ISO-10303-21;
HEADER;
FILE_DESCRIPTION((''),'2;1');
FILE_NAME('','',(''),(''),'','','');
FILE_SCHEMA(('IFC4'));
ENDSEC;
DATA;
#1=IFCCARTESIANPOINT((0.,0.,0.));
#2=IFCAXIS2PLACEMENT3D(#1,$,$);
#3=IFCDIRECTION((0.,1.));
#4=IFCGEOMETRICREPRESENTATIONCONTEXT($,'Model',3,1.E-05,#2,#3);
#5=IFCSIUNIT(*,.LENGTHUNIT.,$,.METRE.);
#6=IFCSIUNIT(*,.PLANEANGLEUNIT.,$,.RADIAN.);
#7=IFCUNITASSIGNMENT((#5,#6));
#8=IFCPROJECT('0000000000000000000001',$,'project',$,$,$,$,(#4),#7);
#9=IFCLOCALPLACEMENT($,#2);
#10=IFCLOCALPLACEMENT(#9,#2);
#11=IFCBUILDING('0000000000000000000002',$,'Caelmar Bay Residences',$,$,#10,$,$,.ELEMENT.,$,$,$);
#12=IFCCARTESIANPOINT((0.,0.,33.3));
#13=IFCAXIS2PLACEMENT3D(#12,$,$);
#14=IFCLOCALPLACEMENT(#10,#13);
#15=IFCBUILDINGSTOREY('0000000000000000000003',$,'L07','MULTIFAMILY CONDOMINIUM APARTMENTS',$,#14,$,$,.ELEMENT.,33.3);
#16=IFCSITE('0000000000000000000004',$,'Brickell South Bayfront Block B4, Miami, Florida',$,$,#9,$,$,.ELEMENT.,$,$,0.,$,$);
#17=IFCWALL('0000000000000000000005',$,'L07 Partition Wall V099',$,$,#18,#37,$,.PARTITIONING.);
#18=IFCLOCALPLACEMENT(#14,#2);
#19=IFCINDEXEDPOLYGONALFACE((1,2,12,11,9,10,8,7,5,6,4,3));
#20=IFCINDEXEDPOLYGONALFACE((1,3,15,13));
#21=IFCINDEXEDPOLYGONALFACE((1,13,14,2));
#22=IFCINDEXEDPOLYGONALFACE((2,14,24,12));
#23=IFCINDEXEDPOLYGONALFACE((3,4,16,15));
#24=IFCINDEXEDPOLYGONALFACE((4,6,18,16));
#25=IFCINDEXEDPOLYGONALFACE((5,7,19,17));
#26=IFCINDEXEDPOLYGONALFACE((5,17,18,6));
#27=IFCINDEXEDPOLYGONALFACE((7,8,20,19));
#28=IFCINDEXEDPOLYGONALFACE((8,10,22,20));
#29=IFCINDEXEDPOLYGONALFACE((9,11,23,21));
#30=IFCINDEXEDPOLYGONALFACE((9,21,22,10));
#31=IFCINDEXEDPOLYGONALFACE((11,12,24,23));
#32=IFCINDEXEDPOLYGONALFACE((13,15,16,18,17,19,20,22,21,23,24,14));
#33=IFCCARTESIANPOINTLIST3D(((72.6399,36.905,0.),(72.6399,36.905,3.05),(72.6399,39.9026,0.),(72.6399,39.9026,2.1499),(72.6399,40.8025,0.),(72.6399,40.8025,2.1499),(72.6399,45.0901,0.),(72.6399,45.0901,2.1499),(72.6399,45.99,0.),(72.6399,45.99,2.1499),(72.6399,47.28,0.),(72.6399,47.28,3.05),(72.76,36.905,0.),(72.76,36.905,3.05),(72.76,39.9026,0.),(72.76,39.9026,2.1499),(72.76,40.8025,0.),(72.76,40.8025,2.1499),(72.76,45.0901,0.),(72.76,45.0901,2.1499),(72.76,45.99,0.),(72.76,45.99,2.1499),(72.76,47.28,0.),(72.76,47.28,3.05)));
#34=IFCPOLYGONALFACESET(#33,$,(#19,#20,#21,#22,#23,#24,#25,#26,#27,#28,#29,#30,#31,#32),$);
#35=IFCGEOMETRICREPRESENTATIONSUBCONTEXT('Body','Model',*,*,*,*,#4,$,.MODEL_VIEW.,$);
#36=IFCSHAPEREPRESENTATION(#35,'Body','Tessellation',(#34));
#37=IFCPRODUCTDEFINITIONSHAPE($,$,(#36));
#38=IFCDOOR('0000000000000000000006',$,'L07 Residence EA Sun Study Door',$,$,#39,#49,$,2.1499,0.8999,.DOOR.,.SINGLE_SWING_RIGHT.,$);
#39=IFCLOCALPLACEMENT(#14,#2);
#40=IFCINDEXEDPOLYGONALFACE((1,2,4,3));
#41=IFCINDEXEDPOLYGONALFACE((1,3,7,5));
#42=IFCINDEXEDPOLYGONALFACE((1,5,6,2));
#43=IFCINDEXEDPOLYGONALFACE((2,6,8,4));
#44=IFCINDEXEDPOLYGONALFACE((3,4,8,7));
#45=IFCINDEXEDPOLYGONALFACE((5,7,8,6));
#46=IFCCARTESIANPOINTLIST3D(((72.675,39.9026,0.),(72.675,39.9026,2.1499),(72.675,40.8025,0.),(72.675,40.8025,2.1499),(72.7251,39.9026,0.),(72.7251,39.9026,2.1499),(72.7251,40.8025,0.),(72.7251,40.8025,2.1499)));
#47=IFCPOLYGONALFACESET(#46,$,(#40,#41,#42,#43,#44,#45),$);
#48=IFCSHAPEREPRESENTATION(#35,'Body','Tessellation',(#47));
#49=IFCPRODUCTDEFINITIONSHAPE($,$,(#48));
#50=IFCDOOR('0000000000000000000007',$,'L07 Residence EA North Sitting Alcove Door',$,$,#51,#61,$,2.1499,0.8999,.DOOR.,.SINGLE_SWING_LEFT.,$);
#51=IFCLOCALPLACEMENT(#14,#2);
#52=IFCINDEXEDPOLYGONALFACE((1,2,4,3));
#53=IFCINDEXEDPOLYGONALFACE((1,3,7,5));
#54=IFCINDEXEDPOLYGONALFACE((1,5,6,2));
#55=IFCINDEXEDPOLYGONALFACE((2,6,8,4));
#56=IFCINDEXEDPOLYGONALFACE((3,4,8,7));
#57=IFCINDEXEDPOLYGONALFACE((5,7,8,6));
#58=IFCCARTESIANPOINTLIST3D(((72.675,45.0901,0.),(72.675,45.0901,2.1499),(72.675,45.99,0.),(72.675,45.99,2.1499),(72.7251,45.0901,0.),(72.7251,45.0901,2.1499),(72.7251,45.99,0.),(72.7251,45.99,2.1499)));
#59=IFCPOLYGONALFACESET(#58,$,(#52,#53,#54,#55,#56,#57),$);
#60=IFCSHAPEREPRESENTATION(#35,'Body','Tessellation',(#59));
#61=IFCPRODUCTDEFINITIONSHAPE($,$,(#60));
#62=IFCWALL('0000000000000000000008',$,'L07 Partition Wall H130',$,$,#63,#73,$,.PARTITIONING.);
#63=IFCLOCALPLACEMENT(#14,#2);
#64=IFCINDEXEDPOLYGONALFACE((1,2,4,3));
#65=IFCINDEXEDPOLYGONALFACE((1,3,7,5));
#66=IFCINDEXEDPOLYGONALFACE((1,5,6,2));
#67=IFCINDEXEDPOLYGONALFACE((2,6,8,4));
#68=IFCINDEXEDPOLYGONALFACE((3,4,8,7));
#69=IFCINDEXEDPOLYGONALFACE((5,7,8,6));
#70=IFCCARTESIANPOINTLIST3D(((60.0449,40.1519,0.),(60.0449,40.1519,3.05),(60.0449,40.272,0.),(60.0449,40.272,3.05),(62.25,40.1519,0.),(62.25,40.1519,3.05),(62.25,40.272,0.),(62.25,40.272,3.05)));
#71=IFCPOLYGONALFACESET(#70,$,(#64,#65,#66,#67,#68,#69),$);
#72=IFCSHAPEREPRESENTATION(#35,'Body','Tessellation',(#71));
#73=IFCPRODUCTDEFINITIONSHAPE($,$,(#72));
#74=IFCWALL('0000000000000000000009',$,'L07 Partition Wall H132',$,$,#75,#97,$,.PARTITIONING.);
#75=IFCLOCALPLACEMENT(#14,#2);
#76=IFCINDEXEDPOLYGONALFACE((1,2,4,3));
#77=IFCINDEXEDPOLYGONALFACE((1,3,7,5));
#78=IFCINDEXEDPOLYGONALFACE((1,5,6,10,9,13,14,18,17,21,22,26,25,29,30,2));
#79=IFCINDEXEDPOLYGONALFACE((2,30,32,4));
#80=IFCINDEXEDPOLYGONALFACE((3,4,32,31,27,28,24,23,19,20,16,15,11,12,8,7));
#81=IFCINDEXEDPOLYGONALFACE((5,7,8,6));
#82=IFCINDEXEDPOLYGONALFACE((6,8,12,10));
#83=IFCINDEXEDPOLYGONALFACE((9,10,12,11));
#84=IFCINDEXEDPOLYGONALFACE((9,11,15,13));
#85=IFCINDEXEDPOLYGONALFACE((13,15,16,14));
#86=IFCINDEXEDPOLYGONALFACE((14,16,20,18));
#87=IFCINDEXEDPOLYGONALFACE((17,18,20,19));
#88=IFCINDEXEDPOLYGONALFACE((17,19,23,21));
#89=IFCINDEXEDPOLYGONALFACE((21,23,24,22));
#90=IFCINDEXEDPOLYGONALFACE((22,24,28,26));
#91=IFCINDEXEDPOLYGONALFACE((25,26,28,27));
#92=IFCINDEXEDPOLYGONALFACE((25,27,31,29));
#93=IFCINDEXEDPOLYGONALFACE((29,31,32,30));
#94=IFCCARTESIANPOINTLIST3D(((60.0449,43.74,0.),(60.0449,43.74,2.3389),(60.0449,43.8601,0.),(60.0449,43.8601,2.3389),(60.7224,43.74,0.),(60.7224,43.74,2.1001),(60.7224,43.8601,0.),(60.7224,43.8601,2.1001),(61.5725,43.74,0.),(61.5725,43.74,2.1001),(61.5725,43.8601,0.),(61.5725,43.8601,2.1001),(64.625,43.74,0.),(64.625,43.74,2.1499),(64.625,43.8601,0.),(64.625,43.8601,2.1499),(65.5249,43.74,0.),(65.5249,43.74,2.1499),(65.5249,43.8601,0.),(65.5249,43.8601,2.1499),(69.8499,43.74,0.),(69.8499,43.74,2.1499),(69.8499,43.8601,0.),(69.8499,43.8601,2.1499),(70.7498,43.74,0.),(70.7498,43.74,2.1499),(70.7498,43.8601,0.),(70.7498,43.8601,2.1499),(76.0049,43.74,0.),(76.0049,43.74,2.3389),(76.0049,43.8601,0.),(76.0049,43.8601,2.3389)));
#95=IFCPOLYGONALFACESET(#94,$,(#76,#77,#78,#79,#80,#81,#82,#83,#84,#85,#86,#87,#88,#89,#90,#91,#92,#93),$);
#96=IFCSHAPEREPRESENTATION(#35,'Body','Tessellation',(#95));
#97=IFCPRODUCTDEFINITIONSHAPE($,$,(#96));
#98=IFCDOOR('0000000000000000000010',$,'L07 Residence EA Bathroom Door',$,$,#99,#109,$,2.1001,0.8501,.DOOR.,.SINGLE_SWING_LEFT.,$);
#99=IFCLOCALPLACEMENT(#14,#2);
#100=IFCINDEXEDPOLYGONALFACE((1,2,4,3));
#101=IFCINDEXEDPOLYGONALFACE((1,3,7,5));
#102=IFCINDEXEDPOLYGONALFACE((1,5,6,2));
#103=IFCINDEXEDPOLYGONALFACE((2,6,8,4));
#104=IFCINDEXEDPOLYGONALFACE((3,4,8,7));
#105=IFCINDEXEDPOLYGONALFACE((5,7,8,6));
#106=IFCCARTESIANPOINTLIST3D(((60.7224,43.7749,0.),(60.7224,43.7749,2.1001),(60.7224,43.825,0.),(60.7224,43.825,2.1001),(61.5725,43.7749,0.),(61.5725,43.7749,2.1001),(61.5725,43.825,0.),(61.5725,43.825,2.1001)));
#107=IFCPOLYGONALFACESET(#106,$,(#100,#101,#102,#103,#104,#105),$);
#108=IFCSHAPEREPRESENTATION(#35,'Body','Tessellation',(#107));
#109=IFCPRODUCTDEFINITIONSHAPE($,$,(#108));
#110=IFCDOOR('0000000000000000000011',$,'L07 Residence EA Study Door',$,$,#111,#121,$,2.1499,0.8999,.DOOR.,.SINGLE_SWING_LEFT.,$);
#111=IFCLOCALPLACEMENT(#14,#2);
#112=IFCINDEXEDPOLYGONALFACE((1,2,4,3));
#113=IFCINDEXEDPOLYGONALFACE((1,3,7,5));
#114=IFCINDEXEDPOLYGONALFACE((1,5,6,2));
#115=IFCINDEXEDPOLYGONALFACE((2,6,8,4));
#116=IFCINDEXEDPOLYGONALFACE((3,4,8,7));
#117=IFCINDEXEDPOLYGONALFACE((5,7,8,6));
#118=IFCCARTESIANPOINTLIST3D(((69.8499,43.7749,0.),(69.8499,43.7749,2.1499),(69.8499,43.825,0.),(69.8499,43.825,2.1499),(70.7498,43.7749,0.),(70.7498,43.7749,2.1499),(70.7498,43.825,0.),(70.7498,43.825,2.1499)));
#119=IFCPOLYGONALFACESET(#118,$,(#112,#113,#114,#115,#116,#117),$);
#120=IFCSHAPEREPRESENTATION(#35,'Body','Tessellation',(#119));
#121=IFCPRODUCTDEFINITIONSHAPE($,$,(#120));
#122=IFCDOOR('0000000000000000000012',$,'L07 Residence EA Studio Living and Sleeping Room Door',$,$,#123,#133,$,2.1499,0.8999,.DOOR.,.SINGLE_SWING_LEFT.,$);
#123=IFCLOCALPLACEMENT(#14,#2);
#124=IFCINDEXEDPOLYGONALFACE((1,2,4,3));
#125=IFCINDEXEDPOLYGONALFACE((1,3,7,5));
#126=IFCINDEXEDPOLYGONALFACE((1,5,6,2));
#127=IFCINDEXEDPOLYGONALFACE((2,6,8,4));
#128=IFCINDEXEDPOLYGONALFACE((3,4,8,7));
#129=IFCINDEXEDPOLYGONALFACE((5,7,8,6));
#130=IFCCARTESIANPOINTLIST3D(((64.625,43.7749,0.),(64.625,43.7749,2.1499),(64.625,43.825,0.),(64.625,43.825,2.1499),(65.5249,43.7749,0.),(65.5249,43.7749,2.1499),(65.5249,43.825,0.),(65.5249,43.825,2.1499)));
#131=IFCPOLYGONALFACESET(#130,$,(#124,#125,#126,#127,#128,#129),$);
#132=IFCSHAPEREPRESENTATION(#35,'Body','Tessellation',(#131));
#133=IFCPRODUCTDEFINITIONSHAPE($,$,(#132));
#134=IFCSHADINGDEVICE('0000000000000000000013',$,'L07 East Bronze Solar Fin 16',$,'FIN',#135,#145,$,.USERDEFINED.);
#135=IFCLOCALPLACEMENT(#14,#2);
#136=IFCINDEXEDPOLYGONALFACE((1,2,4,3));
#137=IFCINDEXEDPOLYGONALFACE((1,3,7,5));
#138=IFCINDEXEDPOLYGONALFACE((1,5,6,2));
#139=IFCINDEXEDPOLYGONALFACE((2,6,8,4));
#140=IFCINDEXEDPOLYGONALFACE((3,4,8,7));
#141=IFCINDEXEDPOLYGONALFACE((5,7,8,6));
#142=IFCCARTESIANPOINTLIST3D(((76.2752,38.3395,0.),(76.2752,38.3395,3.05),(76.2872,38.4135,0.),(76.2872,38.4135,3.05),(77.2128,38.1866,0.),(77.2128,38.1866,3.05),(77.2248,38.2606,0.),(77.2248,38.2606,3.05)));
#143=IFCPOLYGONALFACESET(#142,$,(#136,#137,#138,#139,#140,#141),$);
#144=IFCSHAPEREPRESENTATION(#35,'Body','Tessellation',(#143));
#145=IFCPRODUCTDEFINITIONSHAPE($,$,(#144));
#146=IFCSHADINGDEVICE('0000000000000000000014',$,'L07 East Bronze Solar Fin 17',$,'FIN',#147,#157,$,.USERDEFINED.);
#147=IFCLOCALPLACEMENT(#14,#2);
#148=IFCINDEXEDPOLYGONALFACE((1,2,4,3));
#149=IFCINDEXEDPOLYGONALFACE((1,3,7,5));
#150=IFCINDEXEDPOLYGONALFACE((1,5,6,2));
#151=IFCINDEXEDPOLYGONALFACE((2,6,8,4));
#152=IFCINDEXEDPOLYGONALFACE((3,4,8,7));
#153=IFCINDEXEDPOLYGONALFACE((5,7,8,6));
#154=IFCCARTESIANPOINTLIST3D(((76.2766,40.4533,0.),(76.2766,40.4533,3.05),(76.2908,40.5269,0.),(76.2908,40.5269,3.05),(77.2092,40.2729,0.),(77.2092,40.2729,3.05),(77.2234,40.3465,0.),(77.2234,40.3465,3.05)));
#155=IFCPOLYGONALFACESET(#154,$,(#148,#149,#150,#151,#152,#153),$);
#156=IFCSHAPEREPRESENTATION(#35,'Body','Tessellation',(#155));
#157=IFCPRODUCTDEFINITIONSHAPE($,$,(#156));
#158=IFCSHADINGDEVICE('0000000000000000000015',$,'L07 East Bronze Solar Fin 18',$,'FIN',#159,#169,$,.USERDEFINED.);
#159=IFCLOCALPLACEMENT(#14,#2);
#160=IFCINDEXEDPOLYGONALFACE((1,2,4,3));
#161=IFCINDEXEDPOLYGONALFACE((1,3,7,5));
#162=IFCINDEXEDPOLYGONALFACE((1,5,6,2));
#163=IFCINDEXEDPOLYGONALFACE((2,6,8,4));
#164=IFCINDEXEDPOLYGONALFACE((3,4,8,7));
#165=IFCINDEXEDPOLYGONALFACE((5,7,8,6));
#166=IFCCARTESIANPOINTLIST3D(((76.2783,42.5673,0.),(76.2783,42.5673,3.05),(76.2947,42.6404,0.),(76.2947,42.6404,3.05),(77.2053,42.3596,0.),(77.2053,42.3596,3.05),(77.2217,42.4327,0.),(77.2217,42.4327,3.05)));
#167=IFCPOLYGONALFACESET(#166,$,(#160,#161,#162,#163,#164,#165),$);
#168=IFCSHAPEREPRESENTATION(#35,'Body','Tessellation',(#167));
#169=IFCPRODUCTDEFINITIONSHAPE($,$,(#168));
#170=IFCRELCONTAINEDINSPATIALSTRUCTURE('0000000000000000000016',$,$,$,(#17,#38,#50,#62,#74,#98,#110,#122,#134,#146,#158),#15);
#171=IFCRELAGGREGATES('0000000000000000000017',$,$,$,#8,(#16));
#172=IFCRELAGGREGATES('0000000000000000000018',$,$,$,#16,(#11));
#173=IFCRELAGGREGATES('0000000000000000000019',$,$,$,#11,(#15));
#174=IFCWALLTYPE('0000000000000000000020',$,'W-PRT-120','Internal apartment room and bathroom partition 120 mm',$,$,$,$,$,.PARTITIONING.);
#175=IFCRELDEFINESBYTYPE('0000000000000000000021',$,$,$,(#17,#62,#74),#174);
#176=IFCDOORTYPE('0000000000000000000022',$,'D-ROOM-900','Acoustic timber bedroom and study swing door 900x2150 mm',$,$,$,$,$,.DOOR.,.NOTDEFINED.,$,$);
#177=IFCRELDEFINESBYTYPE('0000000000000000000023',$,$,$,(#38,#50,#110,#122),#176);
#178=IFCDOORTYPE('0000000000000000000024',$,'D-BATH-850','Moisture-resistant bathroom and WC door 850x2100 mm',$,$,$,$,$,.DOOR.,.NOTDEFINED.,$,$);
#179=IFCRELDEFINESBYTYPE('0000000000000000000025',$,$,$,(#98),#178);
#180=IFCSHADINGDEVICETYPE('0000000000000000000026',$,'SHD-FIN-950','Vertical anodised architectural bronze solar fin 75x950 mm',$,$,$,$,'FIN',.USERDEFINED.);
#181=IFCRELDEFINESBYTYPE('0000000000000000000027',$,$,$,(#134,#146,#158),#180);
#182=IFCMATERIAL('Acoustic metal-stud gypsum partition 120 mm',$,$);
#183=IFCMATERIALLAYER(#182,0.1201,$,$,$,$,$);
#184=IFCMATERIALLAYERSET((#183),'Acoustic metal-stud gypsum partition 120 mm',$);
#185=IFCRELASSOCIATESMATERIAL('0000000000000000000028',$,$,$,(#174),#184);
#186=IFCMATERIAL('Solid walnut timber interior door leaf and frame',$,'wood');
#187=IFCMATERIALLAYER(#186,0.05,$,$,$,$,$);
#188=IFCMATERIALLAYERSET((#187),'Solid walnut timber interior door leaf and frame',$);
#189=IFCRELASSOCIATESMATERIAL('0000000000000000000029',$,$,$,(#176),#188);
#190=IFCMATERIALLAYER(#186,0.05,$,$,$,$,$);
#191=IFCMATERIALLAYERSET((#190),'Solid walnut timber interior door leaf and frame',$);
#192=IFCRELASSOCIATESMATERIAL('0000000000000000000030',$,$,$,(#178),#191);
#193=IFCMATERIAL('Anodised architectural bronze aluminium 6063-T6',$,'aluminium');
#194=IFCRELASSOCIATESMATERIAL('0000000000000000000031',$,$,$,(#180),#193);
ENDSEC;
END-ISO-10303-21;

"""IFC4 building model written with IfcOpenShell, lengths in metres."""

from ifc_helpers import new_model, si_unit, direction, frame, frame_2d, origin, origin_2d, place, context, subcontext, project, spatial, rectangle, extrude, material, layer, layer_set, material_profile, profile_set, type_object, element, fill, save


model = new_model("IFC4")

# Units and contexts
model_context = context("Model", 3, precision=1e-05, world=origin(), true_north=direction((0.0, 1.0)))
body_context = subcontext(model_context, "Body", "Model", "MODEL_VIEW")
ifc_project = project(units=[si_unit("LENGTHUNIT", "METRE"), si_unit("PLANEANGLEUNIT", "RADIAN")], contexts=[model_context])

# Site, building, storey
site_placement = place(None, origin())
site = spatial("IfcSite", under=ifc_project, at=site_placement, Name="Brickell South Bayfront Block B4, Miami, Florida", CompositionType="ELEMENT", RefElevation=0.0)
building_placement = place(site_placement, origin())
building = spatial("IfcBuilding", under=site, at=building_placement, Name="Caelmar Bay Residences", CompositionType="ELEMENT")
storey_placement = place(building_placement, frame((0.0, 0.0, 33.3)))
storey = spatial("IfcBuildingStorey", under=building, at=storey_placement, Name="L07", Description="MULTIFAMILY CONDOMINIUM APARTMENTS", CompositionType="ELEMENT", Elevation=33.3)

# Wall, openings, doors
ifc_material_1 = material(Name="Acoustic metal-stud gypsum partition 120 mm")
ifc_layer_1 = layer(ifc_material_1, 0.1201)
ifc_layer_set_1 = layer_set([ifc_layer_1], Name="Acoustic metal-stud gypsum partition 120 mm")
wall_type_1 = type_object("IfcWallType", Name="W-PRT-120", Description="Internal apartment room and bathroom partition 120 mm", PredefinedType="PARTITIONING", material=ifc_layer_set_1)
wall_1_placement = place(storey_placement, frame((72.7, 36.905, 0.0), z_axis=(0.0, 0.0, 1.0), x_axis=(0.0, 1.0, 0.0)))
wall_1 = element("IfcWall", 1, at=wall_1_placement, inside=storey, type_object=wall_type_1, Name="L07 Partition Wall V099", PredefinedType="PARTITIONING", context=body_context, shape_type="SweptSolid", body=[
    extrude(rectangle(XDim=10.375, YDim=0.1201, at=frame_2d((5.1875, 0.0))), origin(), (0.0, 0.0, 1.0), 3.05),
])
opening_1_placement = place(wall_1_placement, frame((2.9976, 0.0, 0.0)))
opening_1 = element("IfcOpeningElement", 2, at=opening_1_placement, cuts=wall_1, PredefinedType="OPENING", context=body_context, shape_type="SweptSolid", body=[
    extrude(rectangle(XDim=0.8999, YDim=2.1499, at=frame_2d((0.45, 1.075))), frame((0.0, 0.0701, 0.0), z_axis=(0.0, -1.0, 0.0), x_axis=(1.0, 0.0, 0.0)), (0.0, 0.0, 1.0), 0.1401),
])
opening_2_placement = place(wall_1_placement, frame((8.1851, 0.0, 0.0)))
opening_2 = element("IfcOpeningElement", 3, at=opening_2_placement, cuts=wall_1, PredefinedType="OPENING", context=body_context, shape_type="SweptSolid", body=[
    extrude(rectangle(XDim=0.8999, YDim=2.1499, at=frame_2d((0.45, 1.075))), frame((0.0, 0.0701, 0.0), z_axis=(0.0, -1.0, 0.0), x_axis=(1.0, 0.0, 0.0)), (0.0, 0.0, 1.0), 0.1401),
])
ifc_material_2 = material(Name="Solid walnut timber interior door leaf and frame", Category="wood")
ifc_layer_2 = layer(ifc_material_2, 0.05)
ifc_layer_set_2 = layer_set([ifc_layer_2], Name="Solid walnut timber interior door leaf and frame")
door_type_1 = type_object("IfcDoorType", Name="D-ROOM-900", Description="Acoustic timber bedroom and study swing door 900x2150 mm", OperationType="NOTDEFINED", PredefinedType="DOOR", material=ifc_layer_set_2)
door_1_placement = place(opening_1_placement, origin())
door_1 = element("IfcDoor", 4, at=door_1_placement, inside=storey, type_object=door_type_1, Name="L07 Residence EA Sun Study Door", OperationType="SINGLE_SWING_RIGHT", OverallHeight=2.1499, OverallWidth=0.8999, PredefinedType="DOOR", context=body_context, shape_type="SweptSolid", body=[
    extrude(rectangle(XDim=0.8999, YDim=2.1499, at=frame_2d((0.45, 1.075))), frame((0.0, 0.0249, 0.0), z_axis=(0.0, -1.0, 0.0), x_axis=(1.0, 0.0, 0.0)), (0.0, 0.0, 1.0), 0.05),
])
fill(opening_1, door_1)
door_2_placement = place(opening_2_placement, origin())
door_2 = element("IfcDoor", 5, at=door_2_placement, inside=storey, type_object=door_type_1, Name="L07 Residence EA North Sitting Alcove Door", OperationType="SINGLE_SWING_LEFT", OverallHeight=2.1499, OverallWidth=0.8999, PredefinedType="DOOR", context=body_context, shape_type="SweptSolid", body=[
    extrude(rectangle(XDim=0.8999, YDim=2.1499, at=frame_2d((0.45, 1.075))), frame((0.0, 0.0249, 0.0), z_axis=(0.0, -1.0, 0.0), x_axis=(1.0, 0.0, 0.0)), (0.0, 0.0, 1.0), 0.05),
])
fill(opening_2, door_2)

# Wall
wall_2_placement = place(storey_placement, frame((60.0449, 40.2119, 0.0), z_axis=(0.0, 0.0, 1.0), x_axis=(1.0, 0.0, 0.0)))
element("IfcWall", 6, at=wall_2_placement, inside=storey, type_object=wall_type_1, Name="L07 Partition Wall H130", PredefinedType="PARTITIONING", context=body_context, shape_type="SweptSolid", body=[
    extrude(rectangle(XDim=2.2051, YDim=0.1201, at=frame_2d((1.1025, 0.0))), origin(), (0.0, 0.0, 1.0), 3.05),
])

# Wall, openings, doors
wall_3_placement = place(storey_placement, frame((60.0449, 43.8, 0.0), z_axis=(0.0, 0.0, 1.0), x_axis=(1.0, 0.0, 0.0)))
wall_3 = element("IfcWall", 7, at=wall_3_placement, inside=storey, type_object=wall_type_1, Name="L07 Partition Wall H132", PredefinedType="PARTITIONING", context=body_context, shape_type="SweptSolid", body=[
    extrude(rectangle(XDim=15.96, YDim=0.1201, at=frame_2d((7.98, 0.0))), origin(), (0.0, 0.0, 1.0), 2.3389),
])
opening_3_placement = place(wall_3_placement, frame((9.8049, 0.0, 0.0)))
opening_3 = element("IfcOpeningElement", 8, at=opening_3_placement, cuts=wall_3, PredefinedType="OPENING", context=body_context, shape_type="SweptSolid", body=[
    extrude(rectangle(XDim=0.8999, YDim=2.1499, at=frame_2d((0.45, 1.075))), frame((0.0, 0.0701, 0.0), z_axis=(0.0, -1.0, 0.0), x_axis=(1.0, 0.0, 0.0)), (0.0, 0.0, 1.0), 0.1401),
])
opening_4_placement = place(wall_3_placement, frame((4.5801, 0.0, 0.0)))
opening_4 = element("IfcOpeningElement", 9, at=opening_4_placement, cuts=wall_3, PredefinedType="OPENING", context=body_context, shape_type="SweptSolid", body=[
    extrude(rectangle(XDim=0.8999, YDim=2.1499, at=frame_2d((0.45, 1.075))), frame((0.0, 0.0701, 0.0), z_axis=(0.0, -1.0, 0.0), x_axis=(1.0, 0.0, 0.0)), (0.0, 0.0, 1.0), 0.1401),
])
opening_5_placement = place(wall_3_placement, frame((0.6775, 0.0, 0.0)))
opening_5 = element("IfcOpeningElement", 10, at=opening_5_placement, cuts=wall_3, PredefinedType="OPENING", context=body_context, shape_type="SweptSolid", body=[
    extrude(rectangle(XDim=0.8501, YDim=2.1001, at=frame_2d((0.425, 1.05))), frame((0.0, 0.0701, 0.0), z_axis=(0.0, -1.0, 0.0), x_axis=(1.0, 0.0, 0.0)), (0.0, 0.0, 1.0), 0.1401),
])
ifc_layer_3 = layer(ifc_material_2, 0.05)
ifc_layer_set_3 = layer_set([ifc_layer_3], Name="Solid walnut timber interior door leaf and frame")
door_type_2 = type_object("IfcDoorType", Name="D-BATH-850", Description="Moisture-resistant bathroom and WC door 850x2100 mm", OperationType="NOTDEFINED", PredefinedType="DOOR", material=ifc_layer_set_3)
door_3_placement = place(opening_5_placement, origin())
door_3 = element("IfcDoor", 11, at=door_3_placement, inside=storey, type_object=door_type_2, Name="L07 Residence EA Bathroom Door", OperationType="SINGLE_SWING_LEFT", OverallHeight=2.1001, OverallWidth=0.8501, PredefinedType="DOOR", context=body_context, shape_type="SweptSolid", body=[
    extrude(rectangle(XDim=0.8501, YDim=2.1001, at=frame_2d((0.425, 1.05))), frame((0.0, 0.0249, 0.0), z_axis=(0.0, -1.0, 0.0), x_axis=(1.0, 0.0, 0.0)), (0.0, 0.0, 1.0), 0.05),
])
fill(opening_5, door_3)
door_4_placement = place(opening_3_placement, origin())
door_4 = element("IfcDoor", 12, at=door_4_placement, inside=storey, type_object=door_type_1, Name="L07 Residence EA Study Door", OperationType="SINGLE_SWING_LEFT", OverallHeight=2.1499, OverallWidth=0.8999, PredefinedType="DOOR", context=body_context, shape_type="SweptSolid", body=[
    extrude(rectangle(XDim=0.8999, YDim=2.1499, at=frame_2d((0.45, 1.075))), frame((0.0, 0.0249, 0.0), z_axis=(0.0, -1.0, 0.0), x_axis=(1.0, 0.0, 0.0)), (0.0, 0.0, 1.0), 0.05),
])
fill(opening_3, door_4)
door_5_placement = place(opening_4_placement, origin())
door_5 = element("IfcDoor", 13, at=door_5_placement, inside=storey, type_object=door_type_1, Name="L07 Residence EA Studio Living and Sleeping Room Door", OperationType="SINGLE_SWING_LEFT", OverallHeight=2.1499, OverallWidth=0.8999, PredefinedType="DOOR", context=body_context, shape_type="SweptSolid", body=[
    extrude(rectangle(XDim=0.8999, YDim=2.1499, at=frame_2d((0.45, 1.075))), frame((0.0, 0.0249, 0.0), z_axis=(0.0, -1.0, 0.0), x_axis=(1.0, 0.0, 0.0)), (0.0, 0.0, 1.0), 0.05),
])
fill(opening_4, door_5)

# Shading devices
ifc_material_3 = material(Name="Anodised architectural bronze aluminium 6063-T6", Category="aluminium")
ifc_material_profile_1 = material_profile(ifc_material_3, rectangle(XDim=0.075, YDim=0.95, at=origin_2d()), Name="BRONZE-FIN-75X950")
ifc_profile_set_1 = profile_set([ifc_material_profile_1], Name="Anodised architectural bronze aluminium 6063-T6")
shading_device_type = type_object("IfcShadingDeviceType", Name="SHD-FIN-950", Description="Vertical anodised architectural bronze solar fin 75x950 mm", ElementType="FIN", PredefinedType="USERDEFINED", material=ifc_profile_set_1)
for number, where, z_axis, x_axis, name in (
    (14, (76.75, 38.3, 0.0), (0.0, 0.0, 1.0), (0.160915, 0.986968, 0.0), "L07 East Bronze Solar Fin 16"),
    (15, (76.75, 40.3999, 0.0), (0.0, 0.0, 1.0), (0.189952, 0.981793, 0.0), "L07 East Bronze Solar Fin 17"),
    (16, (76.75, 42.5, 0.0), (0.0, 0.0, 1.0), (0.218654, 0.975802, 0.0), "L07 East Bronze Solar Fin 18"),
):
    element("IfcShadingDevice", number, at=place(storey_placement, frame(where, z_axis=z_axis, x_axis=x_axis)), inside=storey, type_object=shading_device_type, Name=name, ObjectType="FIN", PredefinedType="USERDEFINED", context=body_context, shape_type="SweptSolid", body=[
        extrude(rectangle(XDim=0.075, YDim=0.95, at=origin_2d()), origin(), (0.0, 0.0, 1.0), 3.05),
    ])

save(model, "model.ifc")
